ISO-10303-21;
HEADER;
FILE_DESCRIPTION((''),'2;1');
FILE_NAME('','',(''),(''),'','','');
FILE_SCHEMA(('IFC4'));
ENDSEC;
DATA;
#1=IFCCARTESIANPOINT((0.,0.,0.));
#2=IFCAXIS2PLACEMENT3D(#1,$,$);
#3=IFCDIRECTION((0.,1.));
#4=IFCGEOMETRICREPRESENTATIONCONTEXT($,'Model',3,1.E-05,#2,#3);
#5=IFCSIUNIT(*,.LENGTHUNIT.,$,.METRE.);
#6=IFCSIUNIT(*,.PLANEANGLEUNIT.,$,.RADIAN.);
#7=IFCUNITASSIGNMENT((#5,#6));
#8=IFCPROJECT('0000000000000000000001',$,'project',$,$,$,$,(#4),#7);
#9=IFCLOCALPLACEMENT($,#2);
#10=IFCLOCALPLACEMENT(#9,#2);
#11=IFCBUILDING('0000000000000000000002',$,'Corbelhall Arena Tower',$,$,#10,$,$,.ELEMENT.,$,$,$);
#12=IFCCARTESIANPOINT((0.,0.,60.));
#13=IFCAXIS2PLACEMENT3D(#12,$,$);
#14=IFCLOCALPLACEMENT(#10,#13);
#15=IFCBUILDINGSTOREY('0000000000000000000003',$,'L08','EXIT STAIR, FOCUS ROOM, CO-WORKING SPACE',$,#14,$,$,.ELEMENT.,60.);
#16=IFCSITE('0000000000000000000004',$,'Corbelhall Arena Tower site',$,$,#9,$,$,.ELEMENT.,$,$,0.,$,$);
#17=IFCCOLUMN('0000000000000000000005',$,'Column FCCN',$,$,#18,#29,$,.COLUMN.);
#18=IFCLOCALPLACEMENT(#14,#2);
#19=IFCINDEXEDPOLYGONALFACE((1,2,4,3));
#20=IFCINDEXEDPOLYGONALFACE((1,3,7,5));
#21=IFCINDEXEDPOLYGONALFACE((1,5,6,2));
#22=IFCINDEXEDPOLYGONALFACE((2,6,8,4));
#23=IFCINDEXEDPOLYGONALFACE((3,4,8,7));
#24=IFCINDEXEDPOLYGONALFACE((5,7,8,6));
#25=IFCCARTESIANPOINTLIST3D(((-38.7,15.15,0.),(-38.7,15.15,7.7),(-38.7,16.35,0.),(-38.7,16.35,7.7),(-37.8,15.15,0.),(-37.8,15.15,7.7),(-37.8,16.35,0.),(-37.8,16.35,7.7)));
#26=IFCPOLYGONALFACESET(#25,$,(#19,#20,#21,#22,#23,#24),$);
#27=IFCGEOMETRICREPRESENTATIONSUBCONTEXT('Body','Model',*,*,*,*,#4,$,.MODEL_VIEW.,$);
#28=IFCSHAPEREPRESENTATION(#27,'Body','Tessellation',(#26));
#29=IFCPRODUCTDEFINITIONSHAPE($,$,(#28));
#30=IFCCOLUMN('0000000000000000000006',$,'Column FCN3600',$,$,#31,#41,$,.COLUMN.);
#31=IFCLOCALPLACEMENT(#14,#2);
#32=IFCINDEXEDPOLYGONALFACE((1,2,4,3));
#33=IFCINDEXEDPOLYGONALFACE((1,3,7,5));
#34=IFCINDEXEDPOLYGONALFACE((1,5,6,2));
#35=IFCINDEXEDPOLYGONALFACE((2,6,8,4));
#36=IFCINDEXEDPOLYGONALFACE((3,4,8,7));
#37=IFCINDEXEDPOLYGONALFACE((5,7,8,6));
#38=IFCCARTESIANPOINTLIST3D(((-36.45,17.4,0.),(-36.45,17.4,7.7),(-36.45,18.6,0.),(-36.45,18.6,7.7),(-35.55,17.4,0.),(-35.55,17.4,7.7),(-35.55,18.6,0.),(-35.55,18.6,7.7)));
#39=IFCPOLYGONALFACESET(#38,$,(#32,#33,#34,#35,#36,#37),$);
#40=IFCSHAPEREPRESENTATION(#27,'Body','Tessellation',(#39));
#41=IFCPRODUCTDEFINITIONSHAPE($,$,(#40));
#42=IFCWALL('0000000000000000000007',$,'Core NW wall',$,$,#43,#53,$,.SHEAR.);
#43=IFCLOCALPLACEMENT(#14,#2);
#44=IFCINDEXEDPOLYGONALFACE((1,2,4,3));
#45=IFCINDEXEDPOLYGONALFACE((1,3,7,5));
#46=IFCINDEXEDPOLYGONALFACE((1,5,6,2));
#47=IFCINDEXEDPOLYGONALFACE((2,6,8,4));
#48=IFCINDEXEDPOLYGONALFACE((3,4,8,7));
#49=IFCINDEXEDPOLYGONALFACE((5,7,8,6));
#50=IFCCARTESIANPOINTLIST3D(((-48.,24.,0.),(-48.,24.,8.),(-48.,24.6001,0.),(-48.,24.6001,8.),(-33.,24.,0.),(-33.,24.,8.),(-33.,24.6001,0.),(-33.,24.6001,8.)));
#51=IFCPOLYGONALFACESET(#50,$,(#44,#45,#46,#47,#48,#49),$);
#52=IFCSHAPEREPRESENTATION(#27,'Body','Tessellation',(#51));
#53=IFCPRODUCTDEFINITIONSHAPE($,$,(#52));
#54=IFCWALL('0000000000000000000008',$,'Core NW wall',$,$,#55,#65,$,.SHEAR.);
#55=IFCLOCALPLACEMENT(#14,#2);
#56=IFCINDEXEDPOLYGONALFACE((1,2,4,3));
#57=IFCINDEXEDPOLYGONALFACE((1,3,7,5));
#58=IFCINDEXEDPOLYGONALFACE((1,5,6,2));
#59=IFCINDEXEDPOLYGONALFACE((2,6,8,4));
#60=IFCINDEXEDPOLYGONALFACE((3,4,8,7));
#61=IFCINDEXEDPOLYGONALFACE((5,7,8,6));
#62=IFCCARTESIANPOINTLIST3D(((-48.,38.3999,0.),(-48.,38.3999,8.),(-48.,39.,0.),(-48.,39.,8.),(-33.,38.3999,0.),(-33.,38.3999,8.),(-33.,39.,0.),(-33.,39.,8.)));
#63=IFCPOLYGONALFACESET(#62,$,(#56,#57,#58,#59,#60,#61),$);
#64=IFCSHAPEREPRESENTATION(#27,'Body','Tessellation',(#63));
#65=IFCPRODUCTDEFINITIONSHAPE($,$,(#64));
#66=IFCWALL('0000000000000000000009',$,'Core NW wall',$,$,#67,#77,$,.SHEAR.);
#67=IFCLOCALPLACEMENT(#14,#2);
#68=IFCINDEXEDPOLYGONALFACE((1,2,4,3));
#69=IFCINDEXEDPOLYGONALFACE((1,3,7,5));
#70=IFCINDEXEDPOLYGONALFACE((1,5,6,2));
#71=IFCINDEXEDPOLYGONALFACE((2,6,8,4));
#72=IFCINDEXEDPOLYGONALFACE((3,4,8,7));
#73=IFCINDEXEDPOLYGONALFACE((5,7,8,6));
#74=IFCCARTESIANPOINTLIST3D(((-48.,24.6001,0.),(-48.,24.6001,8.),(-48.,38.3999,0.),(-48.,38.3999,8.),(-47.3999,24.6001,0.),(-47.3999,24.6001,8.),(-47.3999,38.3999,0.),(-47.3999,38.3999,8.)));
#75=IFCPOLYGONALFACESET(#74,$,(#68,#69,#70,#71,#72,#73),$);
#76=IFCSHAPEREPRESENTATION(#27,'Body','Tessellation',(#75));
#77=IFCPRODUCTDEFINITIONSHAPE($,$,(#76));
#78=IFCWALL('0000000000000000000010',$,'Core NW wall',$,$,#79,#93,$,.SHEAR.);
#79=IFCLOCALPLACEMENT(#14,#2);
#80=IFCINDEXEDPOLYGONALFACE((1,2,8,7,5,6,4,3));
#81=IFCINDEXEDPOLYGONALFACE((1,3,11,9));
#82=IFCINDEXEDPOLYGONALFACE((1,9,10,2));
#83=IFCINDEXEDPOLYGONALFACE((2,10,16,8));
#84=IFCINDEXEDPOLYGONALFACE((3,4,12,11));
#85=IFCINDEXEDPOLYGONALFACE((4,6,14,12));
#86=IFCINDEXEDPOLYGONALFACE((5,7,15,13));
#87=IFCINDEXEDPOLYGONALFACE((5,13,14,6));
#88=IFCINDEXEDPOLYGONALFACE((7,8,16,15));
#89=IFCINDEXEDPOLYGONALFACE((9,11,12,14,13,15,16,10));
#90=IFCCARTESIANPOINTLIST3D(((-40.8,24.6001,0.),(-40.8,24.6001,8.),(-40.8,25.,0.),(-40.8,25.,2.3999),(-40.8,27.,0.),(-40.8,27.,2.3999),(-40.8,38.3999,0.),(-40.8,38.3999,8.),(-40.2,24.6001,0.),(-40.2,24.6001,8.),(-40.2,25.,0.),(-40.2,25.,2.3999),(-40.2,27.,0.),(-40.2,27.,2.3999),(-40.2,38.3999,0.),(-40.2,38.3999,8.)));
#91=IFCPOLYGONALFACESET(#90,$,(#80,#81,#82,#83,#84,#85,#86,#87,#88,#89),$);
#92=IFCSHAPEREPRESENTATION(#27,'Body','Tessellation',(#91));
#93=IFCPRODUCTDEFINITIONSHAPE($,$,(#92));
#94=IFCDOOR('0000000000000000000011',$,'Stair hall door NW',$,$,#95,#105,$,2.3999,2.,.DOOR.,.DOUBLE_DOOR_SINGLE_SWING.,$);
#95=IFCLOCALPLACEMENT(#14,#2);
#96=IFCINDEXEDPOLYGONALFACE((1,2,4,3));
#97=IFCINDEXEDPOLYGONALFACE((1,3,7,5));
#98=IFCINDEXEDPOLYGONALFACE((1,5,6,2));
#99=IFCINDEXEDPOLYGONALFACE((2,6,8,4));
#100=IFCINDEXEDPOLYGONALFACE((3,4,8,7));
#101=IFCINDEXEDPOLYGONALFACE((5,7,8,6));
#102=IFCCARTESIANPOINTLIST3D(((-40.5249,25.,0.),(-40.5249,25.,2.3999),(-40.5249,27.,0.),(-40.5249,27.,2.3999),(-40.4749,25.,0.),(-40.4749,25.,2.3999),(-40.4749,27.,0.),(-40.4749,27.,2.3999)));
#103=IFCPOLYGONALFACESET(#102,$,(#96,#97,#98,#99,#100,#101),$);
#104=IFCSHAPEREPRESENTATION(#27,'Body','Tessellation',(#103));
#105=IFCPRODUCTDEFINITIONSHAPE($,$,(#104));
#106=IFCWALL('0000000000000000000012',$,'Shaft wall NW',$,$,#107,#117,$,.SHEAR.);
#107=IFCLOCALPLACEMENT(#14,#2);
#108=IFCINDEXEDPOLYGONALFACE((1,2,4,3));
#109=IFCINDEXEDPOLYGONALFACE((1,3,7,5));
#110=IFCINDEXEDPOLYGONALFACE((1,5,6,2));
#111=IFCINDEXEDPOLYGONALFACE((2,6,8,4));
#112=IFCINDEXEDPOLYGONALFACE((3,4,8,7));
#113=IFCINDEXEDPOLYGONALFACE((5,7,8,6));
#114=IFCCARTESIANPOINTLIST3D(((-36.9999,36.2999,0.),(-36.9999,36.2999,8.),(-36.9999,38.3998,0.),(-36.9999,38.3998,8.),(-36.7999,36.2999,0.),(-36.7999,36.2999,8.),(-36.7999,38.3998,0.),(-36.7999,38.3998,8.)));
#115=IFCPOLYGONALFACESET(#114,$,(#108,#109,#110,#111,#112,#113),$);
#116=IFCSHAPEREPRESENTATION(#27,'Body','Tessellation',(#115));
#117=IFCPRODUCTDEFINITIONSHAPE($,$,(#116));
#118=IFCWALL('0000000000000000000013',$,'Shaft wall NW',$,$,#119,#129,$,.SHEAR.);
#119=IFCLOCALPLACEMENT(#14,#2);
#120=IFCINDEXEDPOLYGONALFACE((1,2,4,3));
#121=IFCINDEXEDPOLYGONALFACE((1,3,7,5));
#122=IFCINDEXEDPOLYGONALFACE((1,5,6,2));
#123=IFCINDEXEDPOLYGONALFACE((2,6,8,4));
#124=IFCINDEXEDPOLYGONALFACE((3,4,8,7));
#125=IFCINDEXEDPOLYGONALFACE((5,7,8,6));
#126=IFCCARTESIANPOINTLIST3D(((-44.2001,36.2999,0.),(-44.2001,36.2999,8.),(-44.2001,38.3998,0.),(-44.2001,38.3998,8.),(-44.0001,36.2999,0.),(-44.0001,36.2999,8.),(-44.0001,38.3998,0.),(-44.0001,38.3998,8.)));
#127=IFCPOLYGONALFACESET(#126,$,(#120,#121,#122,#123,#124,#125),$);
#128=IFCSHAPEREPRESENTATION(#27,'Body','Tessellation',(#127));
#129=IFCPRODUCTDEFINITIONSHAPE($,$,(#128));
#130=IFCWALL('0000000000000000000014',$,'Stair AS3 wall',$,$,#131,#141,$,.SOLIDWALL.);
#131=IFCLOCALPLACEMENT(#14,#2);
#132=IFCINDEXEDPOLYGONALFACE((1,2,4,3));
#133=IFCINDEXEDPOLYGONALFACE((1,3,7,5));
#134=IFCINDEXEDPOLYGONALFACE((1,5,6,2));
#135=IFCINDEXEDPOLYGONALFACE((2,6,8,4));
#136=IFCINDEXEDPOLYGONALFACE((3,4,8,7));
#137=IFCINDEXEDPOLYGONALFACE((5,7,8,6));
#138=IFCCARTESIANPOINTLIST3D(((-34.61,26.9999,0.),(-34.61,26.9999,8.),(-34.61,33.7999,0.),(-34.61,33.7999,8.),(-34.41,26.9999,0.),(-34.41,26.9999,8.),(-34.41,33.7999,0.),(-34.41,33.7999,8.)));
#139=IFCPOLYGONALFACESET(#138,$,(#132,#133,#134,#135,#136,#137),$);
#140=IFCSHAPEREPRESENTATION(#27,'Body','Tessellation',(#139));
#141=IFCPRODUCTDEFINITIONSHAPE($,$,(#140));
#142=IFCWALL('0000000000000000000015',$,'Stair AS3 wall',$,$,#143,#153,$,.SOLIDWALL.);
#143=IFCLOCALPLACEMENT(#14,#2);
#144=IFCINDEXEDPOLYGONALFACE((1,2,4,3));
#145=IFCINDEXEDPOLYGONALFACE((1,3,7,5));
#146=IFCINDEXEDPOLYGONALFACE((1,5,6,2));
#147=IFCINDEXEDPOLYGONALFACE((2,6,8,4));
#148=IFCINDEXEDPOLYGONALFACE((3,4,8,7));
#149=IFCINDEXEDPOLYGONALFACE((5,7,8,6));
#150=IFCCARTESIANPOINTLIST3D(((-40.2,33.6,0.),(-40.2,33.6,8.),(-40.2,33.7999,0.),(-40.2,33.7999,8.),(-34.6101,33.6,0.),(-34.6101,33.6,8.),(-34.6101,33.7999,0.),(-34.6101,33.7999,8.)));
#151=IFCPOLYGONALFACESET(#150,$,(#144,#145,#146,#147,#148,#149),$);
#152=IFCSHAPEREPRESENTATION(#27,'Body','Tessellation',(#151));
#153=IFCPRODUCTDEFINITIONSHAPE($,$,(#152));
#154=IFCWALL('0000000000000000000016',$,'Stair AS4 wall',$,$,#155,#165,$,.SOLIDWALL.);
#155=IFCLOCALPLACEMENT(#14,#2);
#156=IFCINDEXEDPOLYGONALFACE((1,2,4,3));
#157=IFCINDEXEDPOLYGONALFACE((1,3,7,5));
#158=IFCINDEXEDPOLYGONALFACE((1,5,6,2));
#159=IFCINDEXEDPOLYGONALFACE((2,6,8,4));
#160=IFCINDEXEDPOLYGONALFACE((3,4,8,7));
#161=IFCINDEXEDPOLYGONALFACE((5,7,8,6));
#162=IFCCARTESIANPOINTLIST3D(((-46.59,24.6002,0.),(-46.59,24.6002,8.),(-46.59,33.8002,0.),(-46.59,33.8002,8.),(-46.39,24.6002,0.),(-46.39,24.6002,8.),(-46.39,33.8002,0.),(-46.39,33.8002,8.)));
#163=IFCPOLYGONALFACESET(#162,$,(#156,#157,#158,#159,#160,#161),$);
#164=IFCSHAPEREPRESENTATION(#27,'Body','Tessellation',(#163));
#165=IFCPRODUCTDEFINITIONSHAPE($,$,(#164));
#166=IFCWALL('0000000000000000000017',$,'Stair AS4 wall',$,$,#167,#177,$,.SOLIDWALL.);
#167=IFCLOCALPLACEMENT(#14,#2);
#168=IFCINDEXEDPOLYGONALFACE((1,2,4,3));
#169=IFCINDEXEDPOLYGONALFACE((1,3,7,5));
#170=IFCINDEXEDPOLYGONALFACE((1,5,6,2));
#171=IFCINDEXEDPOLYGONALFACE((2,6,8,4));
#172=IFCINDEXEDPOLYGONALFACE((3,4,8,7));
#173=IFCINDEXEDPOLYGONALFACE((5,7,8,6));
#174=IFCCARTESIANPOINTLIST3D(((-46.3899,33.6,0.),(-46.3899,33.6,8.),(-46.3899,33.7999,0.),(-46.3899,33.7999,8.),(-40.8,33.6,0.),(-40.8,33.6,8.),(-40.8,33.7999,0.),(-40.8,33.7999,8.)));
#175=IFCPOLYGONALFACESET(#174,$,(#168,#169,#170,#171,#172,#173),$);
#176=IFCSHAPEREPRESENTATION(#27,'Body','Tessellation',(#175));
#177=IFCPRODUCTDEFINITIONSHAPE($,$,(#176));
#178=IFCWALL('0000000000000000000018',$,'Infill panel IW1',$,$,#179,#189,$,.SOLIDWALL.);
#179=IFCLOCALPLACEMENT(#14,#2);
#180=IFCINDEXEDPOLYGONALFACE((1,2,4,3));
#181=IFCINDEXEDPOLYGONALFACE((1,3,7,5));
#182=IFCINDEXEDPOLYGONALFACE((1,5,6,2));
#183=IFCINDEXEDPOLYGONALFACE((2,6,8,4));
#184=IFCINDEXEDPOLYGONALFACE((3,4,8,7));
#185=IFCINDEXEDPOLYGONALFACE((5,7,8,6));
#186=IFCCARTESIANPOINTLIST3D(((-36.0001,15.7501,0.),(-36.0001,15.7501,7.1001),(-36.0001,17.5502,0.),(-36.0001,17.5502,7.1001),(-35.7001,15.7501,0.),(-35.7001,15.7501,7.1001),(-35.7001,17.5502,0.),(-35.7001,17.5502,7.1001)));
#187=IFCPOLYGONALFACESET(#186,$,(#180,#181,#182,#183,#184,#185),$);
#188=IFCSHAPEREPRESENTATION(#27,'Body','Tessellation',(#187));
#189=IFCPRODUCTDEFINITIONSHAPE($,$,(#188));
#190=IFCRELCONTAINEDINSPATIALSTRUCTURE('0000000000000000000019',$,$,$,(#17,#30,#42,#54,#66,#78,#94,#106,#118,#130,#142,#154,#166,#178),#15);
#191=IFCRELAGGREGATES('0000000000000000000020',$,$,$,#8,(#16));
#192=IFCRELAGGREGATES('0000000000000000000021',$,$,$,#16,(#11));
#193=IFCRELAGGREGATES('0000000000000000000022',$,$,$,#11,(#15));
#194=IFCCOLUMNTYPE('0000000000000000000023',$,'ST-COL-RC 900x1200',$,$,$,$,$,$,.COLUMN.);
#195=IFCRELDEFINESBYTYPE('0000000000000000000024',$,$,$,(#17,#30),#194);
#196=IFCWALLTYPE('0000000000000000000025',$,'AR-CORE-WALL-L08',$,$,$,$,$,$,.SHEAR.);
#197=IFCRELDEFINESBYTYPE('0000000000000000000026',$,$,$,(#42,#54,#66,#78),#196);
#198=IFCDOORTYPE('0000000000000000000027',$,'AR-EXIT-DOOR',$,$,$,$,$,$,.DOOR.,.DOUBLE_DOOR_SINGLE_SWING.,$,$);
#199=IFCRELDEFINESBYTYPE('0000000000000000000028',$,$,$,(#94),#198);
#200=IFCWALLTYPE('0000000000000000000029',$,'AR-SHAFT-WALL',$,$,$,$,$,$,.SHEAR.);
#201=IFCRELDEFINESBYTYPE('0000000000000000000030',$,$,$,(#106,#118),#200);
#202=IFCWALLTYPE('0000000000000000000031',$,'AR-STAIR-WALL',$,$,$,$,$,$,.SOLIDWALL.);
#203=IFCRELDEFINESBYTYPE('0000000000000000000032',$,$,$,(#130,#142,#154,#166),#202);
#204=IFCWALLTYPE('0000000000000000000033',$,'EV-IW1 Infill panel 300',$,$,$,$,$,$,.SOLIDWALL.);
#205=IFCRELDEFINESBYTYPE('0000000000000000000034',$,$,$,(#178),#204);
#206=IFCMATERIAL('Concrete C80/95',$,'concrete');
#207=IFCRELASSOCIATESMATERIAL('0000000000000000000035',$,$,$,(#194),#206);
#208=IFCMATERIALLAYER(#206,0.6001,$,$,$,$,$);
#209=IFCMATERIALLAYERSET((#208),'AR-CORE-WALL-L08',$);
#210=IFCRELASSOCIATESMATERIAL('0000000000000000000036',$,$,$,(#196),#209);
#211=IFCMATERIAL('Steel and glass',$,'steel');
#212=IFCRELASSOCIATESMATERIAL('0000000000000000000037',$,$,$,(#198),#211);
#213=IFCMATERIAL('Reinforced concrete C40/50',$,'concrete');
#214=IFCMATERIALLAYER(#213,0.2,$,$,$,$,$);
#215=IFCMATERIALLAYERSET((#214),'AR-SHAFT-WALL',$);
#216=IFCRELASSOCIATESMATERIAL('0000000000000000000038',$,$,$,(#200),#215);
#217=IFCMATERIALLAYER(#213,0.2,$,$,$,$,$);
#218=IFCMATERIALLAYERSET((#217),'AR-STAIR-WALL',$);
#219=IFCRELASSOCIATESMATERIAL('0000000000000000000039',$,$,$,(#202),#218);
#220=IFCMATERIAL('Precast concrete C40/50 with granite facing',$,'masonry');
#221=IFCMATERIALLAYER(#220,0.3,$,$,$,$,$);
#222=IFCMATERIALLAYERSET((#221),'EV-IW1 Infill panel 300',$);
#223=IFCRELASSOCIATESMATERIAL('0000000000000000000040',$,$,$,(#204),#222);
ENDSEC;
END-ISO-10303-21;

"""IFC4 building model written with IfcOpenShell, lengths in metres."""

from ifc_helpers import new_model, si_unit, direction, frame, frame_2d, origin, origin_2d, place, context, subcontext, project, spatial, rectangle, extrude, material, layer, layer_set, material_profile, profile_set, type_object, element, fill, save


model = new_model("IFC4")

# Units and contexts
model_context = context("Model", 3, precision=1e-05, world=origin(), true_north=direction((0.0, 1.0)))
body_context = subcontext(model_context, "Body", "Model", "MODEL_VIEW")
ifc_project = project(units=[si_unit("LENGTHUNIT", "METRE"), si_unit("PLANEANGLEUNIT", "RADIAN")], contexts=[model_context])

# Site, building, storey
site_placement = place(None, origin())
site = spatial("IfcSite", under=ifc_project, at=site_placement, Name="Corbelhall Arena Tower site", CompositionType="ELEMENT", RefElevation=0.0)
building_placement = place(site_placement, origin())
building = spatial("IfcBuilding", under=site, at=building_placement, Name="Corbelhall Arena Tower", CompositionType="ELEMENT")
storey_placement = place(building_placement, frame((0.0, 0.0, 60.0)))
storey = spatial("IfcBuildingStorey", under=building, at=storey_placement, Name="L08", Description="EXIT STAIR, FOCUS ROOM, CO-WORKING SPACE", CompositionType="ELEMENT", Elevation=60.0)

# Columns
ifc_material_1 = material(Name="Concrete C80/95", Category="concrete")
ifc_material_profile = material_profile(ifc_material_1, rectangle(XDim=0.8999, YDim=1.2, at=origin_2d()))
ifc_profile_set = profile_set([ifc_material_profile], Name="Concrete C80/95")
column_type = type_object("IfcColumnType", Name="ST-COL-RC 900x1200", PredefinedType="COLUMN", material=ifc_profile_set)
for number, where, z_axis, x_axis, name in (
    (1, (-38.25, 15.75, 0.0), (0.0, 0.0, 1.0), (1.0, 0.0, 0.0), "Column FCCN"),
    (2, (-36.0, 18.0, 0.0), (0.0, 0.0, 1.0), (1.0, 0.0, 0.0), "Column FCN3600"),
):
    element("IfcColumn", number, at=place(storey_placement, frame(where, z_axis=z_axis, x_axis=x_axis)), inside=storey, type_object=column_type, Name=name, PredefinedType="COLUMN", context=body_context, shape_type="SweptSolid", body=[
        extrude(rectangle(XDim=0.8999, YDim=1.2, at=origin_2d()), origin(), (0.0, 0.0, 1.0), 7.7),
    ])

# Walls
ifc_layer_1 = layer(ifc_material_1, 0.6001)
ifc_layer_set_1 = layer_set([ifc_layer_1], Name="AR-CORE-WALL-L08")
wall_type_1 = type_object("IfcWallType", Name="AR-CORE-WALL-L08", PredefinedType="SHEAR", material=ifc_layer_set_1)
for number, where, z_axis, x_axis, name in (
    (3, (-48.0, 24.3, 0.0), (0.0, 0.0, 1.0), (1.0, 0.0, 0.0), "Core NW wall"),
    (4, (-48.0, 38.7, 0.0), (0.0, 0.0, 1.0), (1.0, 0.0, 0.0), "Core NW wall"),
):
    element("IfcWall", number, at=place(storey_placement, frame(where, z_axis=z_axis, x_axis=x_axis)), inside=storey, type_object=wall_type_1, Name=name, PredefinedType="SHEAR", context=body_context, shape_type="SweptSolid", body=[
        extrude(rectangle(XDim=15.0, YDim=0.6001, at=frame_2d((7.5, 0.0))), origin(), (0.0, 0.0, 1.0), 8.0),
    ])
wall_1_placement = place(storey_placement, frame((-47.7, 24.6001, 0.0), z_axis=(0.0, 0.0, 1.0), x_axis=(0.0, 1.0, 0.0)))
element("IfcWall", 5, at=wall_1_placement, inside=storey, type_object=wall_type_1, Name="Core NW wall", PredefinedType="SHEAR", context=body_context, shape_type="SweptSolid", body=[
    extrude(rectangle(XDim=13.7998, YDim=0.6001, at=frame_2d((6.8999, 0.0))), origin(), (0.0, 0.0, 1.0), 8.0),
])

# Shared definitions
ifc_material_2 = material(Name="Steel and glass", Category="steel")
door_type_1 = type_object("IfcDoorType", Name="AR-EXIT-DOOR", OperationType="DOUBLE_DOOR_SINGLE_SWING", PredefinedType="DOOR", material=ifc_material_2)

# Wall, opening, door
wall_2_placement = place(storey_placement, frame((-40.5, 24.6001, 0.0), z_axis=(0.0, 0.0, 1.0), x_axis=(0.0, 1.0, 0.0)))
wall_2 = element("IfcWall", 6, at=wall_2_placement, inside=storey, type_object=wall_type_1, Name="Core NW wall", PredefinedType="SHEAR", context=body_context, shape_type="SweptSolid", body=[
    extrude(rectangle(XDim=13.7998, YDim=0.6001, at=frame_2d((6.8999, 0.0))), origin(), (0.0, 0.0, 1.0), 8.0),
])
opening_1_placement = place(wall_2_placement, frame((0.3999, 0.0, 0.0)))
opening_1 = element("IfcOpeningElement", 7, at=opening_1_placement, cuts=wall_2, PredefinedType="OPENING", context=body_context, shape_type="SweptSolid", body=[
    extrude(rectangle(XDim=2.0, YDim=2.3999, at=frame_2d((1.0, 1.2))), frame((0.0, 0.3, 0.0), z_axis=(0.0, -1.0, 0.0), x_axis=(1.0, 0.0, 0.0)), (0.0, 0.0, 1.0), 0.6001),
])
door_1_placement = place(opening_1_placement, origin())
door_1 = element("IfcDoor", 8, at=door_1_placement, inside=storey, type_object=door_type_1, Name="Stair hall door NW", OperationType="DOUBLE_DOOR_SINGLE_SWING", OverallHeight=2.3999, OverallWidth=2.0, PredefinedType="DOOR", context=body_context, shape_type="SweptSolid", body=[
    extrude(rectangle(XDim=2.0, YDim=2.3999, at=frame_2d((1.0, 1.2))), frame((0.0, 0.0249, 0.0), z_axis=(0.0, -1.0, 0.0), x_axis=(1.0, 0.0, 0.0)), (0.0, 0.0, 1.0), 0.05),
])
fill(opening_1, door_1)

# Shared definitions
ifc_material_3 = material(Name="Reinforced concrete C40/50", Category="concrete")
ifc_layer_2 = layer(ifc_material_3, 0.2)
ifc_layer_set_2 = layer_set([ifc_layer_2], Name="AR-SHAFT-WALL")
wall_type_2 = type_object("IfcWallType", Name="AR-SHAFT-WALL", PredefinedType="SHEAR", material=ifc_layer_set_2)

# Walls
for number, where, z_axis, x_axis, name in (
    (9, (-36.8999, 36.3, 0.0), (0.0, 0.0, 1.0), (0.0, 1.0, 0.0), "Shaft wall NW"),
    (10, (-44.1001, 36.3, 0.0), (0.0, 0.0, 1.0), (0.0, 1.0, 0.0), "Shaft wall NW"),
):
    element("IfcWall", number, at=place(storey_placement, frame(where, z_axis=z_axis, x_axis=x_axis)), inside=storey, type_object=wall_type_2, Name=name, PredefinedType="SHEAR", context=body_context, shape_type="SweptSolid", body=[
        extrude(rectangle(XDim=2.0999, YDim=0.2, at=frame_2d((1.0498, 0.0))), origin(), (0.0, 0.0, 1.0), 8.0),
    ])
ifc_layer_3 = layer(ifc_material_3, 0.2)
ifc_layer_set_3 = layer_set([ifc_layer_3], Name="AR-STAIR-WALL")
wall_type_3 = type_object("IfcWallType", Name="AR-STAIR-WALL", PredefinedType="SOLIDWALL", material=ifc_layer_set_3)
wall_3_placement = place(storey_placement, frame((-34.51, 27.0, 0.0), z_axis=(0.0, 0.0, 1.0), x_axis=(0.0, 1.0, 0.0)))
element("IfcWall", 11, at=wall_3_placement, inside=storey, type_object=wall_type_3, Name="Stair AS3 wall", PredefinedType="SOLIDWALL", context=body_context, shape_type="SweptSolid", body=[
    extrude(rectangle(XDim=6.8, YDim=0.2, at=frame_2d((3.3999, 0.0))), origin(), (0.0, 0.0, 1.0), 8.0),
])
wall_4_placement = place(storey_placement, frame((-40.2, 33.7, 0.0), z_axis=(0.0, 0.0, 1.0), x_axis=(1.0, 0.0, 0.0)))
element("IfcWall", 12, at=wall_4_placement, inside=storey, type_object=wall_type_3, Name="Stair AS3 wall", PredefinedType="SOLIDWALL", context=body_context, shape_type="SweptSolid", body=[
    extrude(rectangle(XDim=5.5898, YDim=0.2, at=frame_2d((2.7949, 0.0))), origin(), (0.0, 0.0, 1.0), 8.0),
])
wall_5_placement = place(storey_placement, frame((-46.49, 24.6001, 0.0), z_axis=(0.0, 0.0, 1.0), x_axis=(0.0, 1.0, 0.0)))
element("IfcWall", 13, at=wall_5_placement, inside=storey, type_object=wall_type_3, Name="Stair AS4 wall", PredefinedType="SOLIDWALL", context=body_context, shape_type="SweptSolid", body=[
    extrude(rectangle(XDim=9.2, YDim=0.2, at=frame_2d((4.6001, 0.0))), origin(), (0.0, 0.0, 1.0), 8.0),
])
wall_6_placement = place(storey_placement, frame((-46.3899, 33.7, 0.0), z_axis=(0.0, 0.0, 1.0), x_axis=(1.0, 0.0, 0.0)))
element("IfcWall", 14, at=wall_6_placement, inside=storey, type_object=wall_type_3, Name="Stair AS4 wall", PredefinedType="SOLIDWALL", context=body_context, shape_type="SweptSolid", body=[
    extrude(rectangle(XDim=5.5898, YDim=0.2, at=frame_2d((2.7949, 0.0))), origin(), (0.0, 0.0, 1.0), 8.0),
])
ifc_material_4 = material(Name="Precast concrete C40/50 with granite facing", Category="masonry")
ifc_layer_4 = layer(ifc_material_4, 0.3)
ifc_layer_set_4 = layer_set([ifc_layer_4], Name="EV-IW1 Infill panel 300")
wall_type_4 = type_object("IfcWallType", Name="EV-IW1 Infill panel 300", PredefinedType="SOLIDWALL", material=ifc_layer_set_4)
for number, where, z_axis, x_axis, name in (
    (15, (-35.8501, 17.55, 0.0), (0.0, 0.0, 1.0), (0.0, -1.0, 0.0), "Infill panel IW1"),
):
    element("IfcWall", number, at=place(storey_placement, frame(where, z_axis=z_axis, x_axis=x_axis)), inside=storey, type_object=wall_type_4, Name=name, PredefinedType="SOLIDWALL", context=body_context, shape_type="SweptSolid", body=[
        extrude(rectangle(XDim=1.8, YDim=0.3, at=frame_2d((0.8999, 0.0))), origin(), (0.0, 0.0, 1.0), 7.1001),
    ])

save(model, "model.ifc")
